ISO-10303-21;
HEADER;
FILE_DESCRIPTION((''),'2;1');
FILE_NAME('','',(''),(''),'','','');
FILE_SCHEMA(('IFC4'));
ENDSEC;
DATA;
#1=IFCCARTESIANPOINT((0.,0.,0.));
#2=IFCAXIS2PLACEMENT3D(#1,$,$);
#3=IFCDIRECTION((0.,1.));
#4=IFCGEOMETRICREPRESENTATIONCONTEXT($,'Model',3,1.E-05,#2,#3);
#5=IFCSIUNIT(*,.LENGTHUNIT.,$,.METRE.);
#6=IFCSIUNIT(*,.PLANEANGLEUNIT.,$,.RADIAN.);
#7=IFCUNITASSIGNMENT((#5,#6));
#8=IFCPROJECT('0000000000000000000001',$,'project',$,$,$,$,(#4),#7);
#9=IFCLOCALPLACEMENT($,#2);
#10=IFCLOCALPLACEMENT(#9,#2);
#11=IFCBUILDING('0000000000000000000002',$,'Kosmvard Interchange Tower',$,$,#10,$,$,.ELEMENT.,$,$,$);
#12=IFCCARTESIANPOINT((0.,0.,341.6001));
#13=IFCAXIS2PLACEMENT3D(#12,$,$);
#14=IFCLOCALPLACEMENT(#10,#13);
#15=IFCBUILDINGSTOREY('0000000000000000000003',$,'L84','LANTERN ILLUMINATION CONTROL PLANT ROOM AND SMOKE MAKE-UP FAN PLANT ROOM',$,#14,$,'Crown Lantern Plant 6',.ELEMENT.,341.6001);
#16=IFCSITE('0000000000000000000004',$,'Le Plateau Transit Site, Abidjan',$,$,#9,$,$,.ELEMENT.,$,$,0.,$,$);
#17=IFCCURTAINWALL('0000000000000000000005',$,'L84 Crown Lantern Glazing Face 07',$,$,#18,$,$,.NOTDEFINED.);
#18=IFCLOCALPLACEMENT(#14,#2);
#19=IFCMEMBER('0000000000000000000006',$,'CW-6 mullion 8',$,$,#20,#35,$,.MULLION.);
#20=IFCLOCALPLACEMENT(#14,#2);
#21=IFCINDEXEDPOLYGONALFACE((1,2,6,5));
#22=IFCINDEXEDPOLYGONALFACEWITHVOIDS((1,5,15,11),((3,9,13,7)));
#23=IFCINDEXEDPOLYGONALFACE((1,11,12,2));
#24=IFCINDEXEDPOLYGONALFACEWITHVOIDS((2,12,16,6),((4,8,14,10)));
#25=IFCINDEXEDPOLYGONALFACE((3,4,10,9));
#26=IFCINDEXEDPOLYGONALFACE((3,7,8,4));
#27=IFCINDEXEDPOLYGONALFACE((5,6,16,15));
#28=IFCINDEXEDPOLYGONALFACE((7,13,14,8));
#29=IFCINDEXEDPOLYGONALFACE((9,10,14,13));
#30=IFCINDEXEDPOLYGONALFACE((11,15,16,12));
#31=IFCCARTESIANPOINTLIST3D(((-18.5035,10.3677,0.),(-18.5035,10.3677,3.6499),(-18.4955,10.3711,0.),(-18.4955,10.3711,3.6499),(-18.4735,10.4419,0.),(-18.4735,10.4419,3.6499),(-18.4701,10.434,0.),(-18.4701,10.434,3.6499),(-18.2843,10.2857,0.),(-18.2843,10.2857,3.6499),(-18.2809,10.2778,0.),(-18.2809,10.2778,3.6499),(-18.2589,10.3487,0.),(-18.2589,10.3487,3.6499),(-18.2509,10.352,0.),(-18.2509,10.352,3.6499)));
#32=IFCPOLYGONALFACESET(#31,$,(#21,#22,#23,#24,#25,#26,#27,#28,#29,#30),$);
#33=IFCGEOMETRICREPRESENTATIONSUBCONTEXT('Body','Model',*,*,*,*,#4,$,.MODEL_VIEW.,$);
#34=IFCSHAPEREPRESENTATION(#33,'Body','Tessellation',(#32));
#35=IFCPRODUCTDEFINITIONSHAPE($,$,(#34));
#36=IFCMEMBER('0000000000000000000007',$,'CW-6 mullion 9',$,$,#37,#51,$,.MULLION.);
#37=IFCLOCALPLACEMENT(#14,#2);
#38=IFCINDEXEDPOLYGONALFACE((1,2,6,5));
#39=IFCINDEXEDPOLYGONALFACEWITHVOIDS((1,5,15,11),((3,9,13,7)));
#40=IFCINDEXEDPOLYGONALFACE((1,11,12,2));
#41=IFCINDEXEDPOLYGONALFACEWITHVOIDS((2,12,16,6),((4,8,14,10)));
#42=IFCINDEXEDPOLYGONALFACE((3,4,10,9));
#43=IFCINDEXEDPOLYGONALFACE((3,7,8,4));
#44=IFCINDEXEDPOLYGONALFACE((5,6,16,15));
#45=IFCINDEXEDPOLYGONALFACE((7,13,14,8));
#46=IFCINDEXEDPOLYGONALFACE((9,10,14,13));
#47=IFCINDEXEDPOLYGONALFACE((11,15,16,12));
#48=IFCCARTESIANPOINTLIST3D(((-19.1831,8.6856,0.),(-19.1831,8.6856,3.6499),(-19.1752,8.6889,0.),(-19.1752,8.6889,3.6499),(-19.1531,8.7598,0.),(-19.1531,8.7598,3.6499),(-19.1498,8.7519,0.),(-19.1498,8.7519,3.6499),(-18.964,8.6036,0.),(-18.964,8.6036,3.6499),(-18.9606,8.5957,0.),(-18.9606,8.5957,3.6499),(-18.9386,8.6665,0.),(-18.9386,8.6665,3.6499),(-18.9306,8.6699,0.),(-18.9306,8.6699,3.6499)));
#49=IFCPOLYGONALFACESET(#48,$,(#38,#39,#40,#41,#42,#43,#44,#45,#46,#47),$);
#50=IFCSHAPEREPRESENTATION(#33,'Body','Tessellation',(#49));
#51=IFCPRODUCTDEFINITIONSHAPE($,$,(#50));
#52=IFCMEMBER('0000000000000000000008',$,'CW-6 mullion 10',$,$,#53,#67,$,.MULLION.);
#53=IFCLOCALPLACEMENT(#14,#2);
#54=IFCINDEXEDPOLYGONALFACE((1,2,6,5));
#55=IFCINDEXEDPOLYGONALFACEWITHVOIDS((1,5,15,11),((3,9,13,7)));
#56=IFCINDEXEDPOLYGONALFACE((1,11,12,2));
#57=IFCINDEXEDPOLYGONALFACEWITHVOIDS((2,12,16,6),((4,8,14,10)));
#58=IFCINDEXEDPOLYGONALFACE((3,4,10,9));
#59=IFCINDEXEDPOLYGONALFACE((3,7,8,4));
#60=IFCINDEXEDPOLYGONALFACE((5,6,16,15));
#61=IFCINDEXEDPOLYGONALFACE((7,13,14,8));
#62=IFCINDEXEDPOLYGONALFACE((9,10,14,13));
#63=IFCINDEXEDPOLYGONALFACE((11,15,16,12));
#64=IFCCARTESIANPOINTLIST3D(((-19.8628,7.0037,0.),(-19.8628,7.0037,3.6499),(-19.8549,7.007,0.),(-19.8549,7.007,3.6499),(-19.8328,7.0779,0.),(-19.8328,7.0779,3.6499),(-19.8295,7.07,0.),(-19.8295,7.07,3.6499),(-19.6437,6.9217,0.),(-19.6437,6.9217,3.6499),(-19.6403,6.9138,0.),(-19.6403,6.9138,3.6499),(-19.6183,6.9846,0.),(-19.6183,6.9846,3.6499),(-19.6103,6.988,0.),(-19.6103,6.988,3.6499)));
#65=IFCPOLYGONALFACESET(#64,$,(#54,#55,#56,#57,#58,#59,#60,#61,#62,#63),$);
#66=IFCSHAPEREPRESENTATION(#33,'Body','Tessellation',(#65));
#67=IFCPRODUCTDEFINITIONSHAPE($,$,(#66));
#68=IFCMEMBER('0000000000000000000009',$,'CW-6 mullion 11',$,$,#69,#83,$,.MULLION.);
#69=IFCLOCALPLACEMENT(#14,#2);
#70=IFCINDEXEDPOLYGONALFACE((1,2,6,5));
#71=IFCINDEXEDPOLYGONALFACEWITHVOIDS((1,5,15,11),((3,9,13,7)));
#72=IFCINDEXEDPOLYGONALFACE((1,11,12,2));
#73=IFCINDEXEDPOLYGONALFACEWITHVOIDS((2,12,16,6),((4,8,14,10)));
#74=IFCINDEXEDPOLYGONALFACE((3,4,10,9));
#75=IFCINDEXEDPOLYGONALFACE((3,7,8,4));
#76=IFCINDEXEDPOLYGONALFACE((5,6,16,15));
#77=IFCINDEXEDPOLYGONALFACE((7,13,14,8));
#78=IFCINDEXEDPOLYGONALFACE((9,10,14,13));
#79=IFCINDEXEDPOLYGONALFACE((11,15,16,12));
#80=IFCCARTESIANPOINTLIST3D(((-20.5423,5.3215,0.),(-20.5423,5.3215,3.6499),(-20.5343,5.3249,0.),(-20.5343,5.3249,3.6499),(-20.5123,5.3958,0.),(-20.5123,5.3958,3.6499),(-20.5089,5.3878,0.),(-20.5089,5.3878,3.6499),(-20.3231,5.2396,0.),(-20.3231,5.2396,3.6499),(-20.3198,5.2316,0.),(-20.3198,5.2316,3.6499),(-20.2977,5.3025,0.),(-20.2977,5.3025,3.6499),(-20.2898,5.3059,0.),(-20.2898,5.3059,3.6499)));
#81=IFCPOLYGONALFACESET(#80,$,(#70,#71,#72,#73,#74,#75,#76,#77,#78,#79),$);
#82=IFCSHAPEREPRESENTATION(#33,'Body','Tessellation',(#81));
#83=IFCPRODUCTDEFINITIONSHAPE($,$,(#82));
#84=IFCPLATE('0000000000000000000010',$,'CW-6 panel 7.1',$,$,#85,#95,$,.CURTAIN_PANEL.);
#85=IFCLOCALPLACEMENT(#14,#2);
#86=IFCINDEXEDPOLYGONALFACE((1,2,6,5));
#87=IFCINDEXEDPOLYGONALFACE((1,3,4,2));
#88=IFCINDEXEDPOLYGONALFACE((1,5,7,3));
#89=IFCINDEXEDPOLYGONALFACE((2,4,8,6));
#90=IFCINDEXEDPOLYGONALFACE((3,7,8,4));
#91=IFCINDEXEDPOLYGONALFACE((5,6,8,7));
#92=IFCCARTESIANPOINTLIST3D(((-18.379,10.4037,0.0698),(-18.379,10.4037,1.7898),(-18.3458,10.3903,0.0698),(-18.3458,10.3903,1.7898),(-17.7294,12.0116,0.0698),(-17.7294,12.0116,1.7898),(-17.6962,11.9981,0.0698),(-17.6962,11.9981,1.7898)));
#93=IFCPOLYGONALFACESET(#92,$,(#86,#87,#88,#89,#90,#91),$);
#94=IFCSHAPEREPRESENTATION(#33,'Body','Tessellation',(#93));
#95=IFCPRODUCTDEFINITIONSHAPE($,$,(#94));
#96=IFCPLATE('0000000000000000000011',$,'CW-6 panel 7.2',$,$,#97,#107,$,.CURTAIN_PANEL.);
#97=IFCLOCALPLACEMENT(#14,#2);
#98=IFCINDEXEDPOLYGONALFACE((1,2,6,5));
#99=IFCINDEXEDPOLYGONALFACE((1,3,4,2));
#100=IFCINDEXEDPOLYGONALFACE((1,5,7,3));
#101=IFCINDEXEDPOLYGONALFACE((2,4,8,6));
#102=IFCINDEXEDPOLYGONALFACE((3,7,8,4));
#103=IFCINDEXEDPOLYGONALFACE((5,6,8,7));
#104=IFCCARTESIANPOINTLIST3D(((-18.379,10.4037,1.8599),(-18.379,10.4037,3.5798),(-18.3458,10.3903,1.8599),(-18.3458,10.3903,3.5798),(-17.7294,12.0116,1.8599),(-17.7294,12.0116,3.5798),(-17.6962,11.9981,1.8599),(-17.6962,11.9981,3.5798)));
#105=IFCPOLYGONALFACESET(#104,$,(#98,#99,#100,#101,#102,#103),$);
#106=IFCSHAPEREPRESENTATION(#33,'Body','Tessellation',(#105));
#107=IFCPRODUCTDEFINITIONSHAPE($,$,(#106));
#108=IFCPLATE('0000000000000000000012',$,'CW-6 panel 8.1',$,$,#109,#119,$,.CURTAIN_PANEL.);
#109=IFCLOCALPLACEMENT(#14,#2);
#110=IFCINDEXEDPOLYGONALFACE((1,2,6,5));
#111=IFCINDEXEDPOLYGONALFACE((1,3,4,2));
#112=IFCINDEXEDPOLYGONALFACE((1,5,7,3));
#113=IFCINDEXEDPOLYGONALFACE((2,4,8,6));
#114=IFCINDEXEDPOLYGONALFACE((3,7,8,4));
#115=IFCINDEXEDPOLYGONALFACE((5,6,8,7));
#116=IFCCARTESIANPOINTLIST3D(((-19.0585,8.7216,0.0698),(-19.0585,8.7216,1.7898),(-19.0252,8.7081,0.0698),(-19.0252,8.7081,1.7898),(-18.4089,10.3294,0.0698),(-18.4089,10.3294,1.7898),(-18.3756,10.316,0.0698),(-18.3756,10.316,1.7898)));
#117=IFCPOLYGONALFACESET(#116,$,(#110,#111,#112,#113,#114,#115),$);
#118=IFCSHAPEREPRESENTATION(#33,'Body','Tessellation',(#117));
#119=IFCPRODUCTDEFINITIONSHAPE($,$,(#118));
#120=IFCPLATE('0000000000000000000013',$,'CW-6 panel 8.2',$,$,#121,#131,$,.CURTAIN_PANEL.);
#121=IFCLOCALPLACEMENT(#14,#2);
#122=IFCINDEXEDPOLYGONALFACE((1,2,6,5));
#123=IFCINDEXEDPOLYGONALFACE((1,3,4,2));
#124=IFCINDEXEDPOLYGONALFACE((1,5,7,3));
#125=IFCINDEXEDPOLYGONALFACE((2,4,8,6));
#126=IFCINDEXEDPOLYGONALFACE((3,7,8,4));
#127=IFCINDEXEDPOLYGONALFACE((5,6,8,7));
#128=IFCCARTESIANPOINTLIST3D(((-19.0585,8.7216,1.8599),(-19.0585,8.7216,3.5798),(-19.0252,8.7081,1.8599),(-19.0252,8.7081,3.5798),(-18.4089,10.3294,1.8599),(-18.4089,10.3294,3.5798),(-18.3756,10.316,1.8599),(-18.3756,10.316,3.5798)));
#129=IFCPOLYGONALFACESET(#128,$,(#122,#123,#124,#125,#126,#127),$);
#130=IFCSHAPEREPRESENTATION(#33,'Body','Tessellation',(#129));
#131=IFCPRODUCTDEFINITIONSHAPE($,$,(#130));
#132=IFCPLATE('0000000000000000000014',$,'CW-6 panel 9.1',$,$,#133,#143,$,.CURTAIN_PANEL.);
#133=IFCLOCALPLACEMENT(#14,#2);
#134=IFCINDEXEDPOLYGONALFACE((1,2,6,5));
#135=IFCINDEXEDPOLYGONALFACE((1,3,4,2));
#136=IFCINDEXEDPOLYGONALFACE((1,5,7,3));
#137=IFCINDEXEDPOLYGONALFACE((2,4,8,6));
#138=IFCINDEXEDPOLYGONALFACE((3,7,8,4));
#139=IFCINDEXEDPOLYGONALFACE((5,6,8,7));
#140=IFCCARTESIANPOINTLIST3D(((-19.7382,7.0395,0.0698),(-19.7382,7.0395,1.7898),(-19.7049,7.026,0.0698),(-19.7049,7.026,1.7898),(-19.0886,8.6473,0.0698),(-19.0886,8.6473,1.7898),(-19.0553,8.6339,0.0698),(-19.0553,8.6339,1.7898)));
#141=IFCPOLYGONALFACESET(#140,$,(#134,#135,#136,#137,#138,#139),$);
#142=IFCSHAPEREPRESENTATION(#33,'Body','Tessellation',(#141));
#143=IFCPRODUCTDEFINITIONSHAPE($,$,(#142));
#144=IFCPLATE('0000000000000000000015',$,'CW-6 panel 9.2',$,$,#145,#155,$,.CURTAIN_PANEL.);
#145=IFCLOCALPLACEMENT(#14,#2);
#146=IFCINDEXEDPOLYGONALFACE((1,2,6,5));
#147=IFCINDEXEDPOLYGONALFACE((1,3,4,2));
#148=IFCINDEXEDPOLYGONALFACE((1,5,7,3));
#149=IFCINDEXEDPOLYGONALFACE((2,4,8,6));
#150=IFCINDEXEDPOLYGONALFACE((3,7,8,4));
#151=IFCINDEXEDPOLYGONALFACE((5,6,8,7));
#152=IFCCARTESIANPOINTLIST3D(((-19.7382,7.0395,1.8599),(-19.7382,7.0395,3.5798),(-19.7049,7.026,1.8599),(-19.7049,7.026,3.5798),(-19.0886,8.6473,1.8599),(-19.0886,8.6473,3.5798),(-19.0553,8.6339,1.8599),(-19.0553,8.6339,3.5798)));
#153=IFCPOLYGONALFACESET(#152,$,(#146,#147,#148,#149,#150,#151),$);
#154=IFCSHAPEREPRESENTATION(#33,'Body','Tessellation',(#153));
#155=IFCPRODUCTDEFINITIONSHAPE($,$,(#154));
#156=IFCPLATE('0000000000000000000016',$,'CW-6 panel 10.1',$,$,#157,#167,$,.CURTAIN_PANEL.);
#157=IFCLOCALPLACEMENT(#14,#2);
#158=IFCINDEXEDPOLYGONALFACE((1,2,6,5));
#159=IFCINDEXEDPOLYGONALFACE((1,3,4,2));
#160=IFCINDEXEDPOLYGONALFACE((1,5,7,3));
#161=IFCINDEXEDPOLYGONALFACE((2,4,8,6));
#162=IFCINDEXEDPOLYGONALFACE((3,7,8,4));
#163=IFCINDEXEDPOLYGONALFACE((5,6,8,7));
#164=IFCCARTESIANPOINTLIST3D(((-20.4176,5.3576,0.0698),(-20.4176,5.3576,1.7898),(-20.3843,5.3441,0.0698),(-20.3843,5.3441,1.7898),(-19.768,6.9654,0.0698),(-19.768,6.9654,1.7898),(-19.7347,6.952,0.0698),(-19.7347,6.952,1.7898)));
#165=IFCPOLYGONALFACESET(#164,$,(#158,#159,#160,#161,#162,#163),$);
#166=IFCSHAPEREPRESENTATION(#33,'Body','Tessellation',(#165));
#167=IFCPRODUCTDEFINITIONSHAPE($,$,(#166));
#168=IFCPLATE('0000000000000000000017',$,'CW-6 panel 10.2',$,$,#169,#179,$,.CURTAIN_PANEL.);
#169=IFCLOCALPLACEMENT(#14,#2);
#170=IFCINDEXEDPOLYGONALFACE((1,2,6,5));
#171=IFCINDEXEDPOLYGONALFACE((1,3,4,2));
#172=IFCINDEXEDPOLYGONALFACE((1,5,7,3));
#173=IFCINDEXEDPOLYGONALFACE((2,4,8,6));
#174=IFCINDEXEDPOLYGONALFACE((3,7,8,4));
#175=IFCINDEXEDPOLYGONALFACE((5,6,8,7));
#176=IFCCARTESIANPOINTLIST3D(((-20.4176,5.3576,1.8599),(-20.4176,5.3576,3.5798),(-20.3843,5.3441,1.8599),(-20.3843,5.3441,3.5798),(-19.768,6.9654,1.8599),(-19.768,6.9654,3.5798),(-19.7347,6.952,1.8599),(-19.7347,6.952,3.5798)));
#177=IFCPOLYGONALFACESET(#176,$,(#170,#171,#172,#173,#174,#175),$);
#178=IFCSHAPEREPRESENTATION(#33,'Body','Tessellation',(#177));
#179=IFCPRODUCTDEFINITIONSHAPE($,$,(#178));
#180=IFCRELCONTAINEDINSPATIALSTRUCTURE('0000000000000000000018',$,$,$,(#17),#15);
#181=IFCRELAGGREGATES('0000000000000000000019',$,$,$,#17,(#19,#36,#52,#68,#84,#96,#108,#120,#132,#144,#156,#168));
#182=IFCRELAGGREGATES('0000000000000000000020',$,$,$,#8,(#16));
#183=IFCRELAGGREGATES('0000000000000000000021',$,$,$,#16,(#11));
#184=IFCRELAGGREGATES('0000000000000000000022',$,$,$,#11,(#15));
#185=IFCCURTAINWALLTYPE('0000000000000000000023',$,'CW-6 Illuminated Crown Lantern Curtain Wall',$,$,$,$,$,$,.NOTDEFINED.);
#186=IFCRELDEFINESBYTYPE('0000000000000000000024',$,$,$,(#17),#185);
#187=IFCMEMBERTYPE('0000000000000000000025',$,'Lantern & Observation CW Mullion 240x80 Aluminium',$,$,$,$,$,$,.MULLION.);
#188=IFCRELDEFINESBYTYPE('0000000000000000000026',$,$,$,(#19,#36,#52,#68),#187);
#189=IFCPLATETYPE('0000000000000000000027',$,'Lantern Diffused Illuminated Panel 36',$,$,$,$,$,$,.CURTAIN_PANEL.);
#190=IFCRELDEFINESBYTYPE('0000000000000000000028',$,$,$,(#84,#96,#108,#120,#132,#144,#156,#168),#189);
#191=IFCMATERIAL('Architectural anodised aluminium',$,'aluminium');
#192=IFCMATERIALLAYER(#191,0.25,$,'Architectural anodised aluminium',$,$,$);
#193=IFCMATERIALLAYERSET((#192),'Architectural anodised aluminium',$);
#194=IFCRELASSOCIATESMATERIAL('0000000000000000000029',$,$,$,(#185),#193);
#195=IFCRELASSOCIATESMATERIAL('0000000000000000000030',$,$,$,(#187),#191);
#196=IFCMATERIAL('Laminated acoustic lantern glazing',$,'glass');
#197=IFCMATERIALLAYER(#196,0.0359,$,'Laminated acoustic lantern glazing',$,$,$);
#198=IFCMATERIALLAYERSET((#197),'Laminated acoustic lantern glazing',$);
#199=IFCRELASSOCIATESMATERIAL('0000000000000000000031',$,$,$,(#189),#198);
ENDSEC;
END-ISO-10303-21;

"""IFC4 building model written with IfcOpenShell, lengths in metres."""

from ifc_helpers import new_model, si_unit, direction, frame, origin, origin_2d, place, context, subcontext, project, spatial, rectangle, hollow_rectangle, extrude, source, transform, mapped, material, layer, layer_set, material_profile, profile_set, type_object, element, aggregate, save


model = new_model("IFC4")

# Units and contexts
model_context = context("Model", 3, precision=1e-05, world=origin(), true_north=direction((0.0, 1.0)))
body_context = subcontext(model_context, "Body", "Model", "MODEL_VIEW")
ifc_project = project(units=[si_unit("LENGTHUNIT", "METRE"), si_unit("PLANEANGLEUNIT", "RADIAN")], contexts=[model_context])

# Site, building, storey
site_placement = place(None, origin())
site = spatial("IfcSite", under=ifc_project, at=site_placement, Name="Le Plateau Transit Site, Abidjan", CompositionType="ELEMENT", RefElevation=0.0)
building_placement = place(site_placement, origin())
building = spatial("IfcBuilding", under=site, at=building_placement, Name="Kosmvard Interchange Tower", CompositionType="ELEMENT")
storey_placement = place(building_placement, frame((0.0, 0.0, 341.6001)))
storey = spatial("IfcBuildingStorey", under=building, at=storey_placement, Name="L84", Description="LANTERN ILLUMINATION CONTROL PLANT ROOM AND SMOKE MAKE-UP FAN PLANT ROOM", LongName="Crown Lantern Plant 6", CompositionType="ELEMENT", Elevation=341.6001)

# Curtain wall, members, plates
ifc_material_1 = material(Name="Architectural anodised aluminium", Category="aluminium")
ifc_layer_1 = layer(ifc_material_1, 0.25, Name="Architectural anodised aluminium")
ifc_layer_set_1 = layer_set([ifc_layer_1], Name="Architectural anodised aluminium")
curtain_wall_type = type_object("IfcCurtainWallType", Name="CW-6 Illuminated Crown Lantern Curtain Wall", PredefinedType="NOTDEFINED", material=ifc_layer_set_1)
curtain_wall_placement = place(storey_placement, origin())
curtain_wall = element("IfcCurtainWall", 1, at=curtain_wall_placement, inside=storey, type_object=curtain_wall_type, Name="L84 Crown Lantern Glazing Face 07", PredefinedType="NOTDEFINED")
ifc_material_profile_1 = material_profile(ifc_material_1, hollow_rectangle(XDim=0.24, YDim=0.0801, WallThickness=0.0061, at=origin_2d()), Name="CWM 240x80x6")
ifc_profile_set_1 = profile_set([ifc_material_profile_1], Name="Architectural anodised aluminium")
member_type_1 = type_object("IfcMemberType", Name="Lantern & Observation CW Mullion 240x80 Aluminium", PredefinedType="MULLION", material=ifc_profile_set_1)
shared_shape_1 = source(origin(), body_context, "Body", "SweptSolid", [
    extrude(hollow_rectangle(XDim=0.24, YDim=0.0801, WallThickness=0.0061, at=origin_2d()), origin(), (0.0, 0.0, 1.0), 3.6499),
])
member_1_placement = place(storey_placement, frame((-18.3772, 10.3599, 0.0), z_axis=(0.0, 0.0, 1.0), x_axis=(0.927184, -0.374607, 0.0)))
member_1 = element("IfcMember", 2, at=member_1_placement, type_object=member_type_1, Name="CW-6 mullion 8", PredefinedType="MULLION", context=body_context, shape_type="MappedRepresentation", body=[
    mapped(shared_shape_1, transform((0.0, 0.0, 0.0), scale=1.0)),
])
member_2_placement = place(storey_placement, frame((-19.0569, 8.6777, 0.0), z_axis=(0.0, 0.0, 1.0), x_axis=(0.927184, -0.374607, 0.0)))
member_2 = element("IfcMember", 3, at=member_2_placement, type_object=member_type_1, Name="CW-6 mullion 9", PredefinedType="MULLION", context=body_context, shape_type="MappedRepresentation", body=[
    mapped(shared_shape_1, transform((0.0, 0.0, 0.0), scale=1.0)),
])
member_3_placement = place(storey_placement, frame((-19.7366, 6.9958, 0.0), z_axis=(0.0, 0.0, 1.0), x_axis=(0.927184, -0.374607, 0.0)))
member_3 = element("IfcMember", 4, at=member_3_placement, type_object=member_type_1, Name="CW-6 mullion 10", PredefinedType="MULLION", context=body_context, shape_type="MappedRepresentation", body=[
    mapped(shared_shape_1, transform((0.0, 0.0, 0.0), scale=1.0)),
])
member_4_placement = place(storey_placement, frame((-20.416, 5.3137, 0.0), z_axis=(0.0, 0.0, 1.0), x_axis=(0.927184, -0.374607, 0.0)))
member_4 = element("IfcMember", 5, at=member_4_placement, type_object=member_type_1, Name="CW-6 mullion 11", PredefinedType="MULLION", context=body_context, shape_type="MappedRepresentation", body=[
    mapped(shared_shape_1, transform((0.0, 0.0, 0.0), scale=1.0)),
])
ifc_material_2 = material(Name="Laminated acoustic lantern glazing", Category="glass")
ifc_layer_2 = layer(ifc_material_2, 0.0359, Name="Laminated acoustic lantern glazing")
ifc_layer_set_2 = layer_set([ifc_layer_2], Name="Laminated acoustic lantern glazing")
plate_type = type_object("IfcPlateType", Name="Lantern Diffused Illuminated Panel 36", PredefinedType="CURTAIN_PANEL", material=ifc_layer_set_2)
shared_shape_2 = source(origin(), body_context, "Body", "SweptSolid", [
    extrude(rectangle(XDim=1.7341, YDim=0.0359, at=origin_2d()), origin(), (0.0, 0.0, 1.0), 1.72),
])
plate_1_placement = place(storey_placement, frame((-18.0376, 11.2009, 0.0698), z_axis=(0.0, 0.0, 1.0), x_axis=(-0.374607, -0.927184, 0.0)))
plate_1 = element("IfcPlate", 6, at=plate_1_placement, type_object=plate_type, Name="CW-6 panel 7.1", PredefinedType="CURTAIN_PANEL", context=body_context, shape_type="MappedRepresentation", body=[
    mapped(shared_shape_2, transform((0.0, 0.0, 0.0), scale=1.0)),
])
plate_2_placement = place(storey_placement, frame((-18.0376, 11.2009, 1.8599), z_axis=(0.0, 0.0, 1.0), x_axis=(-0.374607, -0.927184, 0.0)))
plate_2 = element("IfcPlate", 7, at=plate_2_placement, type_object=plate_type, Name="CW-6 panel 7.2", PredefinedType="CURTAIN_PANEL", context=body_context, shape_type="MappedRepresentation", body=[
    mapped(shared_shape_2, transform((0.0, 0.0, 0.0), scale=1.0)),
])
plate_3_placement = place(storey_placement, frame((-18.717, 9.5188, 0.0698), z_axis=(0.0, 0.0, 1.0), x_axis=(-0.374607, -0.927184, 0.0)))
plate_3 = element("IfcPlate", 8, at=plate_3_placement, type_object=plate_type, Name="CW-6 panel 8.1", PredefinedType="CURTAIN_PANEL", context=body_context, shape_type="MappedRepresentation", body=[
    mapped(shared_shape_2, transform((0.0, 0.0, 0.0), scale=1.0)),
])
plate_4_placement = place(storey_placement, frame((-18.717, 9.5188, 1.8599), z_axis=(0.0, 0.0, 1.0), x_axis=(-0.374607, -0.927184, 0.0)))
plate_4 = element("IfcPlate", 9, at=plate_4_placement, type_object=plate_type, Name="CW-6 panel 8.2", PredefinedType="CURTAIN_PANEL", context=body_context, shape_type="MappedRepresentation", body=[
    mapped(shared_shape_2, transform((0.0, 0.0, 0.0), scale=1.0)),
])
plate_5_placement = place(storey_placement, frame((-19.3967, 7.8367, 0.0698), z_axis=(0.0, 0.0, 1.0), x_axis=(-0.374607, -0.927184, 0.0)))
plate_5 = element("IfcPlate", 10, at=plate_5_placement, type_object=plate_type, Name="CW-6 panel 9.1", PredefinedType="CURTAIN_PANEL", context=body_context, shape_type="MappedRepresentation", body=[
    mapped(shared_shape_2, transform((0.0, 0.0, 0.0), scale=1.0)),
])
plate_6_placement = place(storey_placement, frame((-19.3967, 7.8367, 1.8599), z_axis=(0.0, 0.0, 1.0), x_axis=(-0.374607, -0.927184, 0.0)))
plate_6 = element("IfcPlate", 11, at=plate_6_placement, type_object=plate_type, Name="CW-6 panel 9.2", PredefinedType="CURTAIN_PANEL", context=body_context, shape_type="MappedRepresentation", body=[
    mapped(shared_shape_2, transform((0.0, 0.0, 0.0), scale=1.0)),
])
plate_7_placement = place(storey_placement, frame((-20.0762, 6.1548, 0.0698), z_axis=(0.0, 0.0, 1.0), x_axis=(-0.374607, -0.927184, 0.0)))
plate_7 = element("IfcPlate", 12, at=plate_7_placement, type_object=plate_type, Name="CW-6 panel 10.1", PredefinedType="CURTAIN_PANEL", context=body_context, shape_type="MappedRepresentation", body=[
    mapped(shared_shape_2, transform((0.0, 0.0, 0.0), scale=1.0)),
])
plate_8_placement = place(storey_placement, frame((-20.0762, 6.1548, 1.8599), z_axis=(0.0, 0.0, 1.0), x_axis=(-0.374607, -0.927184, 0.0)))
plate_8 = element("IfcPlate", 13, at=plate_8_placement, type_object=plate_type, Name="CW-6 panel 10.2", PredefinedType="CURTAIN_PANEL", context=body_context, shape_type="MappedRepresentation", body=[
    mapped(shared_shape_2, transform((0.0, 0.0, 0.0), scale=1.0)),
])
aggregate(curtain_wall, [member_1, member_2, member_3, member_4, plate_1, plate_2, plate_3, plate_4, plate_5, plate_6, plate_7, plate_8])

save(model, "model.ifc")
